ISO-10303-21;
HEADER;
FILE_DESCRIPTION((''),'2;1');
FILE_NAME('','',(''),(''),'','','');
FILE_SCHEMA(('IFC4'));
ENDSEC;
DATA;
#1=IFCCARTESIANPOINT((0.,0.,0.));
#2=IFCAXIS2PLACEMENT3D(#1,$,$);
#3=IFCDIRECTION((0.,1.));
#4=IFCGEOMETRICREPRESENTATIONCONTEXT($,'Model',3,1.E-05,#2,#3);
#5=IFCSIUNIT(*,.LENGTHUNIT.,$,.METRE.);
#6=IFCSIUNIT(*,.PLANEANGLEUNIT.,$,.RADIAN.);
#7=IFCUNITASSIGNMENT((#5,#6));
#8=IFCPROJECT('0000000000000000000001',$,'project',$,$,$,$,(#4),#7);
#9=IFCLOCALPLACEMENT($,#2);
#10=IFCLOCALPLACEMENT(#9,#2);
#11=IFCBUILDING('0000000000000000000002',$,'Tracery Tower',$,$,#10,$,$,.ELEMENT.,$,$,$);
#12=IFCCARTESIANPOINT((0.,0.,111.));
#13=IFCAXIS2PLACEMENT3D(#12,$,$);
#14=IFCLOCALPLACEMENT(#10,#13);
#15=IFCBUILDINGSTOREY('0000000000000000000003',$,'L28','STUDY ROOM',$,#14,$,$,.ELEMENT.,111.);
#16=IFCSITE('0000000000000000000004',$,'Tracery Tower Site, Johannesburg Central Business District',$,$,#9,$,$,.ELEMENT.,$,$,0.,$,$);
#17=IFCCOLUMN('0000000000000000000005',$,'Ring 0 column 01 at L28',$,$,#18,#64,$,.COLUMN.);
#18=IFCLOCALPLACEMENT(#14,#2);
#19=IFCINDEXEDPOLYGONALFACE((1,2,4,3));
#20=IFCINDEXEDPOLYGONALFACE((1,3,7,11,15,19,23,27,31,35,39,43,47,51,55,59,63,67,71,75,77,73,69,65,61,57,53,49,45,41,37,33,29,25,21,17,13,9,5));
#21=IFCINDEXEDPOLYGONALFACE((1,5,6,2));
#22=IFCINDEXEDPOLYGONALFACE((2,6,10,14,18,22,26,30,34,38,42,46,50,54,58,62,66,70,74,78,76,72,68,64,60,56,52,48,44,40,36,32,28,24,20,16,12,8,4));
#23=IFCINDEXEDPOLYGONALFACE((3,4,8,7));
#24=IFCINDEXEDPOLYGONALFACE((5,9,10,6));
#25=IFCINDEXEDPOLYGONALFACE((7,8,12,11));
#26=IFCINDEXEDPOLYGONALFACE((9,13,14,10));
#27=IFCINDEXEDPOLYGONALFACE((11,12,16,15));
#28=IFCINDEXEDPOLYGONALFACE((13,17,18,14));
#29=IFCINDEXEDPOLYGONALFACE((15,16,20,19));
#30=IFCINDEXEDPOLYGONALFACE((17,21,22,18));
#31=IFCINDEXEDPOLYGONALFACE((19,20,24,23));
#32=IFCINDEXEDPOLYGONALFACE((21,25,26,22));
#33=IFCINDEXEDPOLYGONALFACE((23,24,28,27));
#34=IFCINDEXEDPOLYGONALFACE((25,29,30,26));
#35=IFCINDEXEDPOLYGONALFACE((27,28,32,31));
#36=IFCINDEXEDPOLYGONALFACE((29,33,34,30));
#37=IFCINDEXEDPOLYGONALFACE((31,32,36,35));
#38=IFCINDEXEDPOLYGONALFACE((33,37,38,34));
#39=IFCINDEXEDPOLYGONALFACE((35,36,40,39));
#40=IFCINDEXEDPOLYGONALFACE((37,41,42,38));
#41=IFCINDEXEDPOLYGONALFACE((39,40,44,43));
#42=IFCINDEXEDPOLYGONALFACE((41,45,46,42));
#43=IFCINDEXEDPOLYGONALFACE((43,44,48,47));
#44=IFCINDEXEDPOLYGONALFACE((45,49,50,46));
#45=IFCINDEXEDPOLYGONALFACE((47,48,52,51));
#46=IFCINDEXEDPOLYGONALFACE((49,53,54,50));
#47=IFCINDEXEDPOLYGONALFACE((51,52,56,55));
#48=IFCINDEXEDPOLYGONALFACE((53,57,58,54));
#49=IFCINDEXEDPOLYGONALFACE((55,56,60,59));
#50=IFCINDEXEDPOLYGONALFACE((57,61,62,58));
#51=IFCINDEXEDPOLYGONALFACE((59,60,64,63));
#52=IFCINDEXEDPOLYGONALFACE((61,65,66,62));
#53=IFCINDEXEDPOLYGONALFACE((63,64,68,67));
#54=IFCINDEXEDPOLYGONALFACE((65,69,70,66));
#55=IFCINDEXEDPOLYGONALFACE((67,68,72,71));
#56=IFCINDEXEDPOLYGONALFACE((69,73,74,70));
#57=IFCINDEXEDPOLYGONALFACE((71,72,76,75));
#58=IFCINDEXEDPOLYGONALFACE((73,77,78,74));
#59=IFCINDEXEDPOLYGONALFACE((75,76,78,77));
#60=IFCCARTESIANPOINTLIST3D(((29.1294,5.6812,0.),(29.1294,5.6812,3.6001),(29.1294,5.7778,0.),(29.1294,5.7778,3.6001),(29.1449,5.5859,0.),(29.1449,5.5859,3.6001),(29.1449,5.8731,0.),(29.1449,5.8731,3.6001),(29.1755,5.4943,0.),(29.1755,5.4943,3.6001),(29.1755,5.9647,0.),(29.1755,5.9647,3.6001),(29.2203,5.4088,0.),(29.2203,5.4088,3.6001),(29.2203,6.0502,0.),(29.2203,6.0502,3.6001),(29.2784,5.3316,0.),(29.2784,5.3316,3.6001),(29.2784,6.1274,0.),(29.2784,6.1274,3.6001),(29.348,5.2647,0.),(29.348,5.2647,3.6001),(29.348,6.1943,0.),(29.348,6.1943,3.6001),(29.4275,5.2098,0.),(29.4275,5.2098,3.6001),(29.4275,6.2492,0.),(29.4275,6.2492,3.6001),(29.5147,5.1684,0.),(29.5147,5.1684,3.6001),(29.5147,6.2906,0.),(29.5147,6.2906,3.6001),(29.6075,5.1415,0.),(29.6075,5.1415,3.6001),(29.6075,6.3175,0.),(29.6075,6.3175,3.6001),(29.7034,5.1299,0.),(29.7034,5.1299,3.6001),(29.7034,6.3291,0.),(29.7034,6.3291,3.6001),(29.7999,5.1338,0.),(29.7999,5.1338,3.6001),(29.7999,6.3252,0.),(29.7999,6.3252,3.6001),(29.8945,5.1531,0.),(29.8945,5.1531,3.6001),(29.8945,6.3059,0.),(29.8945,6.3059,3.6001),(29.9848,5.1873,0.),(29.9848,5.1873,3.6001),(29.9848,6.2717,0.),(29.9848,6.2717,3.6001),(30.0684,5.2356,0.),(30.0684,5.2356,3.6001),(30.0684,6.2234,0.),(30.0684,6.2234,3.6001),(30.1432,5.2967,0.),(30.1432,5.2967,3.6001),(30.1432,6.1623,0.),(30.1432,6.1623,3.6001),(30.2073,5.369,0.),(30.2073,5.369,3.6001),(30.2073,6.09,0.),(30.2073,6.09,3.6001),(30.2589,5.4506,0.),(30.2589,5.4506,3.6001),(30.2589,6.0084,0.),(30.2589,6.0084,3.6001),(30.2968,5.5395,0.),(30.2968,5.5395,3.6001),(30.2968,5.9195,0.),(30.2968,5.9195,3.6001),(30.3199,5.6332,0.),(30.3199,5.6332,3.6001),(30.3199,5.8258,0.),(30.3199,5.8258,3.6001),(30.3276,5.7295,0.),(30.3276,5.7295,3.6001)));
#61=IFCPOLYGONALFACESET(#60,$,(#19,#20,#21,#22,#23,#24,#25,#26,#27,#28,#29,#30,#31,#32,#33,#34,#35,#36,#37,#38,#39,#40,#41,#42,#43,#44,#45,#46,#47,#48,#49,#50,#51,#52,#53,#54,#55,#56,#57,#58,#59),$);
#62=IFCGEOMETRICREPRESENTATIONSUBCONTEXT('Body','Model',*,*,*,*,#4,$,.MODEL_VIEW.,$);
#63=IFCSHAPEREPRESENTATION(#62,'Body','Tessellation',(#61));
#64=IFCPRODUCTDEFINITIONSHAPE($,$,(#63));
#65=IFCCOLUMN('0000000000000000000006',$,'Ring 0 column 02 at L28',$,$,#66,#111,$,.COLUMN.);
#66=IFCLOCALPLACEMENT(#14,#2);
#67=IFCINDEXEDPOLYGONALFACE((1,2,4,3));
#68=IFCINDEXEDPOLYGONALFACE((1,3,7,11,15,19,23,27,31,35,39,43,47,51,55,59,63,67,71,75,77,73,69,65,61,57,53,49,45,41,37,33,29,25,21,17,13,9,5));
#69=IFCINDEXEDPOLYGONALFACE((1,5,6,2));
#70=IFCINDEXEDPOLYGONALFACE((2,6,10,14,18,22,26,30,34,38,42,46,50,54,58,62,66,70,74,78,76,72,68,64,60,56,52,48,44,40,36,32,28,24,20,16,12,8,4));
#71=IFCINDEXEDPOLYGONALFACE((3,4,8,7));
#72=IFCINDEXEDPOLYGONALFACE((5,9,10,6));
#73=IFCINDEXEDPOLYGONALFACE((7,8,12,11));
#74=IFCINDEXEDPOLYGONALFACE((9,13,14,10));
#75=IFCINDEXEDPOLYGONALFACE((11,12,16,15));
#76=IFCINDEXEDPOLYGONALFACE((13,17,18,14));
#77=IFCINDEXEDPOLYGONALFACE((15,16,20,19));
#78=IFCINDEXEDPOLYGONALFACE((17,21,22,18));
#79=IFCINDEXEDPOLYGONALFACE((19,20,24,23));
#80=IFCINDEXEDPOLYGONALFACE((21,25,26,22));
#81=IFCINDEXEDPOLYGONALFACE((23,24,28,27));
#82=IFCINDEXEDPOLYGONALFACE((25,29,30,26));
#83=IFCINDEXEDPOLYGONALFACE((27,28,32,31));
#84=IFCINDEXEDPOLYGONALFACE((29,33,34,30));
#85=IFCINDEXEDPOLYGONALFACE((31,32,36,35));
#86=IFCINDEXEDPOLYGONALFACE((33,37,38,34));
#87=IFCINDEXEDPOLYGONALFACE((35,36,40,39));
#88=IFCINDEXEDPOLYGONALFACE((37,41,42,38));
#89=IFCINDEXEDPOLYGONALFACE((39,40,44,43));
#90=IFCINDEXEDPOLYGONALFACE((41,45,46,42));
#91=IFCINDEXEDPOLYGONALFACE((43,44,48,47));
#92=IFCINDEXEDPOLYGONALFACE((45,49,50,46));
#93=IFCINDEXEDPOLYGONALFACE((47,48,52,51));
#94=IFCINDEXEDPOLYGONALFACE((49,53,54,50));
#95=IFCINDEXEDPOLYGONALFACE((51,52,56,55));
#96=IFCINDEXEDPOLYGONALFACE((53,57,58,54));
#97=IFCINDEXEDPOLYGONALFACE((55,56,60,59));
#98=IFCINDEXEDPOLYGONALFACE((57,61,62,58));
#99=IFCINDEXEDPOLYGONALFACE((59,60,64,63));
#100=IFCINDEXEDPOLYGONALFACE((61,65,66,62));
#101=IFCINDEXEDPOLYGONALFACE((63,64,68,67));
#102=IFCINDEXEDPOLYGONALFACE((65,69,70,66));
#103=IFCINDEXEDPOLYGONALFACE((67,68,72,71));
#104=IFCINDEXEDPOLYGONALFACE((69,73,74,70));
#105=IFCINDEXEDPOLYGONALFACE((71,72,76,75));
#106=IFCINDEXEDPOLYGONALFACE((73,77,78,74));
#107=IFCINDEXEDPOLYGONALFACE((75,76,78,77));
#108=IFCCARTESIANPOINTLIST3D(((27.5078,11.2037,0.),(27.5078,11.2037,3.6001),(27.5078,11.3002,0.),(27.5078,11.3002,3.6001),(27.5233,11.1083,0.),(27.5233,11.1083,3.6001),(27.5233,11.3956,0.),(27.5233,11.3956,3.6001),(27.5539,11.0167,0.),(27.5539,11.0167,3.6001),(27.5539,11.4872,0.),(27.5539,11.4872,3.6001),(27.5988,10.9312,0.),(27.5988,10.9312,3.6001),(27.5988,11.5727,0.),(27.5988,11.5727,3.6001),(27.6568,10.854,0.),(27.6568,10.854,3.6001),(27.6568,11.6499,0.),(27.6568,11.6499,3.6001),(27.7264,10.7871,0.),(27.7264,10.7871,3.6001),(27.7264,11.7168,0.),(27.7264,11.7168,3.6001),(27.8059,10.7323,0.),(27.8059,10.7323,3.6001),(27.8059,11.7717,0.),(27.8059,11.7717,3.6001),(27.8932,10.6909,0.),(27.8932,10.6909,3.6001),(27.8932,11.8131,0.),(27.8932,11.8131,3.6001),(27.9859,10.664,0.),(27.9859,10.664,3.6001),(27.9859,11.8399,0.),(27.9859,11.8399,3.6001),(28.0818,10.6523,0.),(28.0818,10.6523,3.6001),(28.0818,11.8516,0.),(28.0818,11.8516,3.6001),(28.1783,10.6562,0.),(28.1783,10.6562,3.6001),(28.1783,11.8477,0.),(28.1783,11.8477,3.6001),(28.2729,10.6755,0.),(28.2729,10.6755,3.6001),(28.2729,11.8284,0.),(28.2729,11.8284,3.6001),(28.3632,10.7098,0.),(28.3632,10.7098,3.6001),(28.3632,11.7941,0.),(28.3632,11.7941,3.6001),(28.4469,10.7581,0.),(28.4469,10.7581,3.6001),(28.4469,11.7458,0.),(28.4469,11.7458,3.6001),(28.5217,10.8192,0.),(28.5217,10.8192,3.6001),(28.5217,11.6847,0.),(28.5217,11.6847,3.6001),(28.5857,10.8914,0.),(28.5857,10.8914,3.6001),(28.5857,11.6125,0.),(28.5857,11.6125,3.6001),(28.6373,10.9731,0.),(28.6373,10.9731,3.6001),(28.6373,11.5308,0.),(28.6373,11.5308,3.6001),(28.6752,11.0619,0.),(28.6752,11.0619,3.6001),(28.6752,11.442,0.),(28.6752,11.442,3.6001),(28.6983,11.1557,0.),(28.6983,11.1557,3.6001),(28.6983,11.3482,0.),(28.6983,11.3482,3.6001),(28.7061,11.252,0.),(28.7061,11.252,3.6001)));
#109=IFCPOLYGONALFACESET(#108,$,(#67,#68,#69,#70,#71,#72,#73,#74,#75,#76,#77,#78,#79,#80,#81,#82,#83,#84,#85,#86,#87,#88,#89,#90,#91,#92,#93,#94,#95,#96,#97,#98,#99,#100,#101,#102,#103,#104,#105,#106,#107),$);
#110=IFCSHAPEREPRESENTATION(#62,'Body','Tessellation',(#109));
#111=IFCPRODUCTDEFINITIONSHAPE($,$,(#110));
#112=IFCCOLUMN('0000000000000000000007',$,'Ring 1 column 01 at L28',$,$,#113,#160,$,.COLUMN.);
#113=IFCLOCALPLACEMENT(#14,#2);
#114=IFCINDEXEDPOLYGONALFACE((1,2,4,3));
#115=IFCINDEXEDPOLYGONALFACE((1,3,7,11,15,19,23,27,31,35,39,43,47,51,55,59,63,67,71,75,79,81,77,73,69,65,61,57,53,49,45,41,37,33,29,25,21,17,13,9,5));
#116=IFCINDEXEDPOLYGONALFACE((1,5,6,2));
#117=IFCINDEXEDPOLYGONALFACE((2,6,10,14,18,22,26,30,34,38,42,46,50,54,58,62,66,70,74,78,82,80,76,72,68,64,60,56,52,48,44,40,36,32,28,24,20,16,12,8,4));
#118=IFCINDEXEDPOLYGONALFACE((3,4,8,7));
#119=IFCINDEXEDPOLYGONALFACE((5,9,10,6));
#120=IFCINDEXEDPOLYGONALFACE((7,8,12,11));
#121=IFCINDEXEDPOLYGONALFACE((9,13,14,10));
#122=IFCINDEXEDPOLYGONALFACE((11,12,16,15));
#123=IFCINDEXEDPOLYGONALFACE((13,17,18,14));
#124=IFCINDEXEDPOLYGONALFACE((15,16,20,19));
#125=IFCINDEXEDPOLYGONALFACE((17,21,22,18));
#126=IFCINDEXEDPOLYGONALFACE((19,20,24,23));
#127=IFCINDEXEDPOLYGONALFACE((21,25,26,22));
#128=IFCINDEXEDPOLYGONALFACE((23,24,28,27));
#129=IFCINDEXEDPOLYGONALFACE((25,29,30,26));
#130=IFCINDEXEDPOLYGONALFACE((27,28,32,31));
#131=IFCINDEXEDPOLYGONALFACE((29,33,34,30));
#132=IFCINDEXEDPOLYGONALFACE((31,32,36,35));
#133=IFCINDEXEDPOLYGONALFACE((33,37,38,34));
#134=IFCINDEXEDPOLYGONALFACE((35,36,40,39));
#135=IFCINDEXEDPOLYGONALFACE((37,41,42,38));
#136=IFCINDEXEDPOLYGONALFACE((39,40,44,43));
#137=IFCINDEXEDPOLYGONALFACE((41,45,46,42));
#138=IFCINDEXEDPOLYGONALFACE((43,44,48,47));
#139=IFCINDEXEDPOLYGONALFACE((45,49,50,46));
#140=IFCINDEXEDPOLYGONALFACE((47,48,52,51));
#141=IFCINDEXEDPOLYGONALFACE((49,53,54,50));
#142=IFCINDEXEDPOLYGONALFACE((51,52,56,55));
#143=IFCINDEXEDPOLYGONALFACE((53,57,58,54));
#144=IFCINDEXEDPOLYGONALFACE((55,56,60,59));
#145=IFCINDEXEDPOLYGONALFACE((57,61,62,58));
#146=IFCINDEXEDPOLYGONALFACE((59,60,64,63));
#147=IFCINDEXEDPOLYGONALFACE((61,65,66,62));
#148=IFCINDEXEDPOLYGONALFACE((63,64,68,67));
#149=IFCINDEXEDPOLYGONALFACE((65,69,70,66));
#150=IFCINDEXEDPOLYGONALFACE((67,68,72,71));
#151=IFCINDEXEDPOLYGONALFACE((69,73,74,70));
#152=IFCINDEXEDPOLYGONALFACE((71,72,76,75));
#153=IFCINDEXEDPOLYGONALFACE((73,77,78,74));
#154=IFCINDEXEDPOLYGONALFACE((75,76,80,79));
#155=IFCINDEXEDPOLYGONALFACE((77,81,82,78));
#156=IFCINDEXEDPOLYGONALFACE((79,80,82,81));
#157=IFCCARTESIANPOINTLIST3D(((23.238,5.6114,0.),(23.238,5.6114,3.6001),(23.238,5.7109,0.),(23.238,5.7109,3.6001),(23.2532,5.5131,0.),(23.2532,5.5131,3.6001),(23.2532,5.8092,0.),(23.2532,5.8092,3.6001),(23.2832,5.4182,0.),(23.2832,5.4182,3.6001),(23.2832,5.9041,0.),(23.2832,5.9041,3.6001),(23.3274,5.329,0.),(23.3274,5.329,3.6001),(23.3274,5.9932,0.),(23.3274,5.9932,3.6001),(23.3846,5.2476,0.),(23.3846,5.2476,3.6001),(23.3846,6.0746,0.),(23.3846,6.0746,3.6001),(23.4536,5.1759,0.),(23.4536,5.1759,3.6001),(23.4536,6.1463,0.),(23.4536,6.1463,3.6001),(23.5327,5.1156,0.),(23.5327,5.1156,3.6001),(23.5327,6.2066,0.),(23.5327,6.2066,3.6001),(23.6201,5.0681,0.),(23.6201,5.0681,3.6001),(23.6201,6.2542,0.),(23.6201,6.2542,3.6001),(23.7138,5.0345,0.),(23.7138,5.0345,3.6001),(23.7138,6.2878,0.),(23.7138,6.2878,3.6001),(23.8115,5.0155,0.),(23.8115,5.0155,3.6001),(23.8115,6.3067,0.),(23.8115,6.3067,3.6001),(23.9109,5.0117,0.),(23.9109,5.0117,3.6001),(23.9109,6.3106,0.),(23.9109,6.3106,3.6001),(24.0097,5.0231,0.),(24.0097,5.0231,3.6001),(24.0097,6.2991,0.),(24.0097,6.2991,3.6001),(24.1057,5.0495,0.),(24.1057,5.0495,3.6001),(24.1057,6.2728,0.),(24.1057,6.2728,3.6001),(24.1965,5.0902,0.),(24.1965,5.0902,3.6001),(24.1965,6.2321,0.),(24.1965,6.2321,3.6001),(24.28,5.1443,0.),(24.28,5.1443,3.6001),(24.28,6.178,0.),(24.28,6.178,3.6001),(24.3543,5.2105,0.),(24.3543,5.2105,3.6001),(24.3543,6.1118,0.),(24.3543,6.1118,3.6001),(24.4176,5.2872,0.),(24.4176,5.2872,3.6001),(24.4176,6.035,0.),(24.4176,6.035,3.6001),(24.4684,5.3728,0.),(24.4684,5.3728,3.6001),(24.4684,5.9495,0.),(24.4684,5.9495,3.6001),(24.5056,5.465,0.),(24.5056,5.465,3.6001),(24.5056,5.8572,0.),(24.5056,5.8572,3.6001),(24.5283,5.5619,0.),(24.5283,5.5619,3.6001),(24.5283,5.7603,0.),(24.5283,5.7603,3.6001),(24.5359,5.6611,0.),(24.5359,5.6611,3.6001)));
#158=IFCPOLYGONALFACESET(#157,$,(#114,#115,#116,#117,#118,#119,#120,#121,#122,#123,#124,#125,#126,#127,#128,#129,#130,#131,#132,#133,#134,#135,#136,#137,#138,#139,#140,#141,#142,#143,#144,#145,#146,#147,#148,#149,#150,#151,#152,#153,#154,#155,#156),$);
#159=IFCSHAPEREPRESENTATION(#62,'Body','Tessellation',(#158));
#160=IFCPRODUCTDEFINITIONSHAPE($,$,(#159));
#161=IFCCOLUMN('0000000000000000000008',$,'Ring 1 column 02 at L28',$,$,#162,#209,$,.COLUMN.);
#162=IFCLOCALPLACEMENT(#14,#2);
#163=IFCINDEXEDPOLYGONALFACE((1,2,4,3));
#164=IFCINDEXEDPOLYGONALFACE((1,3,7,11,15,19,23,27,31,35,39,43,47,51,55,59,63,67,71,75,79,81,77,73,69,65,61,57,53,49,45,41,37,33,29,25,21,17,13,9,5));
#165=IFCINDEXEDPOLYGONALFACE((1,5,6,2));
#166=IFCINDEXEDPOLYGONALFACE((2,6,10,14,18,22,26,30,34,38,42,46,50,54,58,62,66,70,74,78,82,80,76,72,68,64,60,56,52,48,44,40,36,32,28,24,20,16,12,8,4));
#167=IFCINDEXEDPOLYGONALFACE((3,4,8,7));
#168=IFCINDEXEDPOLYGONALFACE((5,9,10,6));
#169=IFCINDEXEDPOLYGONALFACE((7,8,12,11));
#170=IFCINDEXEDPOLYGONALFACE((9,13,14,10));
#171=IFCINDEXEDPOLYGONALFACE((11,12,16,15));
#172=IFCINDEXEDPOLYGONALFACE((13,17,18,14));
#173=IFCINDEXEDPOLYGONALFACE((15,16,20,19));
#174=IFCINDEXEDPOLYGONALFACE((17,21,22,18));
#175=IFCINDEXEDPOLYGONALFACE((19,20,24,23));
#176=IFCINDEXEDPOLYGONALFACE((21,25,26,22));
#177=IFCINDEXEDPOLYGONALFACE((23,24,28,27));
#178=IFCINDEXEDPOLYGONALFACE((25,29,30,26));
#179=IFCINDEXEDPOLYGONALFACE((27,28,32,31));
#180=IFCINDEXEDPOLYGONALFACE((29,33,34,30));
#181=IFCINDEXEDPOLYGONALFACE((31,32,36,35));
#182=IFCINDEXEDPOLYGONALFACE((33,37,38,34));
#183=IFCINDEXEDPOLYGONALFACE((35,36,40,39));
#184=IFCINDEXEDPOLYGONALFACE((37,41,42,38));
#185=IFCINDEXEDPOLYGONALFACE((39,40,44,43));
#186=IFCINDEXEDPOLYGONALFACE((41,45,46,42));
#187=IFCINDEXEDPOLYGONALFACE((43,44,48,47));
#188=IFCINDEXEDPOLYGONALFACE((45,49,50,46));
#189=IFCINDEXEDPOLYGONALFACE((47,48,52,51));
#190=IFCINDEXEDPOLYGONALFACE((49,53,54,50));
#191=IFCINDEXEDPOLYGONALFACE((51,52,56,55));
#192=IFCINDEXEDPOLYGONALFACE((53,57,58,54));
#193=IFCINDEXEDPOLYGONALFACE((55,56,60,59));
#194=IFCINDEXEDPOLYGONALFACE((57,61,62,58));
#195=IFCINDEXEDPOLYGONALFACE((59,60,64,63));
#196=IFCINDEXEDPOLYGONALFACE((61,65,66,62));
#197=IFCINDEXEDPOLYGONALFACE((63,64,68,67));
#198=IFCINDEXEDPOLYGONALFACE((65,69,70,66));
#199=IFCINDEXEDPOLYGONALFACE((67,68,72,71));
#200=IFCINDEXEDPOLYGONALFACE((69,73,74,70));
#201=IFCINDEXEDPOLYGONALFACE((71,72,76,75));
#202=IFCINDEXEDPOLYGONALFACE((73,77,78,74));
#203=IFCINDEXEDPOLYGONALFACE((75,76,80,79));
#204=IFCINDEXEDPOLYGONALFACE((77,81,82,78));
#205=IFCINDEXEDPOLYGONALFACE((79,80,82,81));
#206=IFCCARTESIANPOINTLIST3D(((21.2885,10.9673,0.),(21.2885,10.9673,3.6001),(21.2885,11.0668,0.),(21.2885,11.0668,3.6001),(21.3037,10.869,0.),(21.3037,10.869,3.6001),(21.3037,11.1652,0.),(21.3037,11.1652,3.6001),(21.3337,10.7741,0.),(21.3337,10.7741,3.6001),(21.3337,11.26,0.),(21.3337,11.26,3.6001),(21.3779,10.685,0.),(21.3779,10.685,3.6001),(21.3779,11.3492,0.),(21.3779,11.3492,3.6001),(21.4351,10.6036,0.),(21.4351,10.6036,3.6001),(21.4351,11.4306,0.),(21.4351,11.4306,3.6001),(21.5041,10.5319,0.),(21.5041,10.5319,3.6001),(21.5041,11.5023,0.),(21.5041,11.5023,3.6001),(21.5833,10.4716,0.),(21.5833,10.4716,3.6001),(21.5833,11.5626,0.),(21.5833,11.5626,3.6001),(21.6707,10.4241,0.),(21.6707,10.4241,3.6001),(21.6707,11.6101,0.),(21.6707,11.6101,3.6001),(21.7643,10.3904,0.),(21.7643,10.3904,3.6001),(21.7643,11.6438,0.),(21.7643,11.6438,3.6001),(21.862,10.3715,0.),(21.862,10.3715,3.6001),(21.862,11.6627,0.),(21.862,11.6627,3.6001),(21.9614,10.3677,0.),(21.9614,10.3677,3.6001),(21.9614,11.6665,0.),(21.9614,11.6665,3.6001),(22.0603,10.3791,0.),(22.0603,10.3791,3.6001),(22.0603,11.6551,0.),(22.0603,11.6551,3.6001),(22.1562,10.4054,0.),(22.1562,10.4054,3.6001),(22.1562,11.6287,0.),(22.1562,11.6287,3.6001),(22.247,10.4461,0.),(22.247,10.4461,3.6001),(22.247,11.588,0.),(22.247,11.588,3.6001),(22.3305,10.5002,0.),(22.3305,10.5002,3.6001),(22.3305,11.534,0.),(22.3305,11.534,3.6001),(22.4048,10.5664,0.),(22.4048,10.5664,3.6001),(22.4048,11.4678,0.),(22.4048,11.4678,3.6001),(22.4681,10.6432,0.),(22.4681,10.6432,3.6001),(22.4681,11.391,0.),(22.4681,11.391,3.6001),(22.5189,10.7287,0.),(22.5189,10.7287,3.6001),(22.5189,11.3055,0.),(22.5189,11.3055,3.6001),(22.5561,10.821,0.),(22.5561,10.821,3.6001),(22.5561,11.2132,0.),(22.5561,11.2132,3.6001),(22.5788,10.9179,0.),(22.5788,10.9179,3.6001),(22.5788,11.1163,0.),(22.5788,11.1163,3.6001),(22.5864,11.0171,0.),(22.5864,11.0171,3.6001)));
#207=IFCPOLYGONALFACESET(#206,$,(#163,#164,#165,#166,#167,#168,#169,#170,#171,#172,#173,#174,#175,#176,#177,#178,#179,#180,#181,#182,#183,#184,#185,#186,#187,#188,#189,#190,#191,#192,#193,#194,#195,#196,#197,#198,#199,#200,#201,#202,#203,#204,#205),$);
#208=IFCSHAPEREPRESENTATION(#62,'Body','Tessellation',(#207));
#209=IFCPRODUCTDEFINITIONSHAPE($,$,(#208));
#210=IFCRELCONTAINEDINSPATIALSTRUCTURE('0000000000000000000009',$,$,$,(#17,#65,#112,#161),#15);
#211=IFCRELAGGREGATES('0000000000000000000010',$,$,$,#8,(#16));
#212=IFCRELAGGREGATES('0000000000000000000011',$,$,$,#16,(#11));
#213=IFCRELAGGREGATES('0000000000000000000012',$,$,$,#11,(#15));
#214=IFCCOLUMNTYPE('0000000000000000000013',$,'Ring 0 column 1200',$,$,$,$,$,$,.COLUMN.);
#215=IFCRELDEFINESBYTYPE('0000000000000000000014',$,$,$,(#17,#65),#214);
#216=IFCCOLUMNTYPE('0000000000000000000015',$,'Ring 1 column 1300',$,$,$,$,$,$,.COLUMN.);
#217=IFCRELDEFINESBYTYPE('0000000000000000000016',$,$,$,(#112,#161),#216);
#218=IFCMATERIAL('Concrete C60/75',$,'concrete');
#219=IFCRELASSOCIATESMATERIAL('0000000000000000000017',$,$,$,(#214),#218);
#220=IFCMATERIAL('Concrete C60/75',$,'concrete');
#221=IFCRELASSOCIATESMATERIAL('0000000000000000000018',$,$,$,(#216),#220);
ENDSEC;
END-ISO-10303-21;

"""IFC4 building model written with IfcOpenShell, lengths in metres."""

from ifc_helpers import new_model, si_unit, direction, frame, origin, origin_2d, place, context, subcontext, project, spatial, circle, extrude, material, material_profile, profile_set, type_object, element, save


model = new_model("IFC4")

# Units and contexts
model_context = context("Model", 3, precision=1e-05, world=origin(), true_north=direction((0.0, 1.0)))
body_context = subcontext(model_context, "Body", "Model", "MODEL_VIEW")
ifc_project = project(units=[si_unit("LENGTHUNIT", "METRE"), si_unit("PLANEANGLEUNIT", "RADIAN")], contexts=[model_context])

# Site, building, storey
site_placement = place(None, origin())
site = spatial("IfcSite", under=ifc_project, at=site_placement, Name="Tracery Tower Site, Johannesburg Central Business District", CompositionType="ELEMENT", RefElevation=0.0)
building_placement = place(site_placement, origin())
building = spatial("IfcBuilding", under=site, at=building_placement, Name="Tracery Tower", CompositionType="ELEMENT")
storey_placement = place(building_placement, frame((0.0, 0.0, 111.0)))
storey = spatial("IfcBuildingStorey", under=building, at=storey_placement, Name="L28", Description="STUDY ROOM", CompositionType="ELEMENT", Elevation=111.0)

# Columns
ifc_material_1 = material(Name="Concrete C60/75", Category="concrete")
ifc_material_profile_1 = material_profile(ifc_material_1, circle(Radius=0.6001, at=origin_2d()), Name="RC D1200")
ifc_profile_set_1 = profile_set([ifc_material_profile_1], Name="Concrete C60/75")
column_type_1 = type_object("IfcColumnType", Name="Ring 0 column 1200", PredefinedType="COLUMN", material=ifc_profile_set_1)
for number, where, z_axis, x_axis, name in (
    (1, (29.7275, 5.7295, 0.0), (0.0, 0.0, 1.0), (1.0, 0.0, 0.0), "Ring 0 column 01 at L28"),
    (2, (28.106, 11.252, 0.0), (0.0, 0.0, 1.0), (1.0, 0.0, 0.0), "Ring 0 column 02 at L28"),
):
    element("IfcColumn", number, at=place(storey_placement, frame(where, z_axis=z_axis, x_axis=x_axis)), inside=storey, type_object=column_type_1, Name=name, PredefinedType="COLUMN", context=body_context, shape_type="SweptSolid", body=[
        extrude(circle(Radius=0.6001, at=origin_2d()), origin(), (0.0, 0.0, 1.0), 3.6001),
    ])
ifc_material_2 = material(Name="Concrete C60/75", Category="concrete")
ifc_material_profile_2 = material_profile(ifc_material_2, circle(Radius=0.6499, at=origin_2d()), Name="RC D1300")
ifc_profile_set_2 = profile_set([ifc_material_profile_2], Name="Concrete C60/75")
column_type_2 = type_object("IfcColumnType", Name="Ring 1 column 1300", PredefinedType="COLUMN", material=ifc_profile_set_2)
for number, where, z_axis, x_axis, name in (
    (3, (23.886, 5.6611, 0.0), (0.0, 0.0, 1.0), (1.0, 0.0, 0.0), "Ring 1 column 01 at L28"),
    (4, (21.9365, 11.0171, 0.0), (0.0, 0.0, 1.0), (1.0, 0.0, 0.0), "Ring 1 column 02 at L28"),
):
    element("IfcColumn", number, at=place(storey_placement, frame(where, z_axis=z_axis, x_axis=x_axis)), inside=storey, type_object=column_type_2, Name=name, PredefinedType="COLUMN", context=body_context, shape_type="SweptSolid", body=[
        extrude(circle(Radius=0.6499, at=origin_2d()), origin(), (0.0, 0.0, 1.0), 3.6001),
    ])

save(model, "model.ifc")
